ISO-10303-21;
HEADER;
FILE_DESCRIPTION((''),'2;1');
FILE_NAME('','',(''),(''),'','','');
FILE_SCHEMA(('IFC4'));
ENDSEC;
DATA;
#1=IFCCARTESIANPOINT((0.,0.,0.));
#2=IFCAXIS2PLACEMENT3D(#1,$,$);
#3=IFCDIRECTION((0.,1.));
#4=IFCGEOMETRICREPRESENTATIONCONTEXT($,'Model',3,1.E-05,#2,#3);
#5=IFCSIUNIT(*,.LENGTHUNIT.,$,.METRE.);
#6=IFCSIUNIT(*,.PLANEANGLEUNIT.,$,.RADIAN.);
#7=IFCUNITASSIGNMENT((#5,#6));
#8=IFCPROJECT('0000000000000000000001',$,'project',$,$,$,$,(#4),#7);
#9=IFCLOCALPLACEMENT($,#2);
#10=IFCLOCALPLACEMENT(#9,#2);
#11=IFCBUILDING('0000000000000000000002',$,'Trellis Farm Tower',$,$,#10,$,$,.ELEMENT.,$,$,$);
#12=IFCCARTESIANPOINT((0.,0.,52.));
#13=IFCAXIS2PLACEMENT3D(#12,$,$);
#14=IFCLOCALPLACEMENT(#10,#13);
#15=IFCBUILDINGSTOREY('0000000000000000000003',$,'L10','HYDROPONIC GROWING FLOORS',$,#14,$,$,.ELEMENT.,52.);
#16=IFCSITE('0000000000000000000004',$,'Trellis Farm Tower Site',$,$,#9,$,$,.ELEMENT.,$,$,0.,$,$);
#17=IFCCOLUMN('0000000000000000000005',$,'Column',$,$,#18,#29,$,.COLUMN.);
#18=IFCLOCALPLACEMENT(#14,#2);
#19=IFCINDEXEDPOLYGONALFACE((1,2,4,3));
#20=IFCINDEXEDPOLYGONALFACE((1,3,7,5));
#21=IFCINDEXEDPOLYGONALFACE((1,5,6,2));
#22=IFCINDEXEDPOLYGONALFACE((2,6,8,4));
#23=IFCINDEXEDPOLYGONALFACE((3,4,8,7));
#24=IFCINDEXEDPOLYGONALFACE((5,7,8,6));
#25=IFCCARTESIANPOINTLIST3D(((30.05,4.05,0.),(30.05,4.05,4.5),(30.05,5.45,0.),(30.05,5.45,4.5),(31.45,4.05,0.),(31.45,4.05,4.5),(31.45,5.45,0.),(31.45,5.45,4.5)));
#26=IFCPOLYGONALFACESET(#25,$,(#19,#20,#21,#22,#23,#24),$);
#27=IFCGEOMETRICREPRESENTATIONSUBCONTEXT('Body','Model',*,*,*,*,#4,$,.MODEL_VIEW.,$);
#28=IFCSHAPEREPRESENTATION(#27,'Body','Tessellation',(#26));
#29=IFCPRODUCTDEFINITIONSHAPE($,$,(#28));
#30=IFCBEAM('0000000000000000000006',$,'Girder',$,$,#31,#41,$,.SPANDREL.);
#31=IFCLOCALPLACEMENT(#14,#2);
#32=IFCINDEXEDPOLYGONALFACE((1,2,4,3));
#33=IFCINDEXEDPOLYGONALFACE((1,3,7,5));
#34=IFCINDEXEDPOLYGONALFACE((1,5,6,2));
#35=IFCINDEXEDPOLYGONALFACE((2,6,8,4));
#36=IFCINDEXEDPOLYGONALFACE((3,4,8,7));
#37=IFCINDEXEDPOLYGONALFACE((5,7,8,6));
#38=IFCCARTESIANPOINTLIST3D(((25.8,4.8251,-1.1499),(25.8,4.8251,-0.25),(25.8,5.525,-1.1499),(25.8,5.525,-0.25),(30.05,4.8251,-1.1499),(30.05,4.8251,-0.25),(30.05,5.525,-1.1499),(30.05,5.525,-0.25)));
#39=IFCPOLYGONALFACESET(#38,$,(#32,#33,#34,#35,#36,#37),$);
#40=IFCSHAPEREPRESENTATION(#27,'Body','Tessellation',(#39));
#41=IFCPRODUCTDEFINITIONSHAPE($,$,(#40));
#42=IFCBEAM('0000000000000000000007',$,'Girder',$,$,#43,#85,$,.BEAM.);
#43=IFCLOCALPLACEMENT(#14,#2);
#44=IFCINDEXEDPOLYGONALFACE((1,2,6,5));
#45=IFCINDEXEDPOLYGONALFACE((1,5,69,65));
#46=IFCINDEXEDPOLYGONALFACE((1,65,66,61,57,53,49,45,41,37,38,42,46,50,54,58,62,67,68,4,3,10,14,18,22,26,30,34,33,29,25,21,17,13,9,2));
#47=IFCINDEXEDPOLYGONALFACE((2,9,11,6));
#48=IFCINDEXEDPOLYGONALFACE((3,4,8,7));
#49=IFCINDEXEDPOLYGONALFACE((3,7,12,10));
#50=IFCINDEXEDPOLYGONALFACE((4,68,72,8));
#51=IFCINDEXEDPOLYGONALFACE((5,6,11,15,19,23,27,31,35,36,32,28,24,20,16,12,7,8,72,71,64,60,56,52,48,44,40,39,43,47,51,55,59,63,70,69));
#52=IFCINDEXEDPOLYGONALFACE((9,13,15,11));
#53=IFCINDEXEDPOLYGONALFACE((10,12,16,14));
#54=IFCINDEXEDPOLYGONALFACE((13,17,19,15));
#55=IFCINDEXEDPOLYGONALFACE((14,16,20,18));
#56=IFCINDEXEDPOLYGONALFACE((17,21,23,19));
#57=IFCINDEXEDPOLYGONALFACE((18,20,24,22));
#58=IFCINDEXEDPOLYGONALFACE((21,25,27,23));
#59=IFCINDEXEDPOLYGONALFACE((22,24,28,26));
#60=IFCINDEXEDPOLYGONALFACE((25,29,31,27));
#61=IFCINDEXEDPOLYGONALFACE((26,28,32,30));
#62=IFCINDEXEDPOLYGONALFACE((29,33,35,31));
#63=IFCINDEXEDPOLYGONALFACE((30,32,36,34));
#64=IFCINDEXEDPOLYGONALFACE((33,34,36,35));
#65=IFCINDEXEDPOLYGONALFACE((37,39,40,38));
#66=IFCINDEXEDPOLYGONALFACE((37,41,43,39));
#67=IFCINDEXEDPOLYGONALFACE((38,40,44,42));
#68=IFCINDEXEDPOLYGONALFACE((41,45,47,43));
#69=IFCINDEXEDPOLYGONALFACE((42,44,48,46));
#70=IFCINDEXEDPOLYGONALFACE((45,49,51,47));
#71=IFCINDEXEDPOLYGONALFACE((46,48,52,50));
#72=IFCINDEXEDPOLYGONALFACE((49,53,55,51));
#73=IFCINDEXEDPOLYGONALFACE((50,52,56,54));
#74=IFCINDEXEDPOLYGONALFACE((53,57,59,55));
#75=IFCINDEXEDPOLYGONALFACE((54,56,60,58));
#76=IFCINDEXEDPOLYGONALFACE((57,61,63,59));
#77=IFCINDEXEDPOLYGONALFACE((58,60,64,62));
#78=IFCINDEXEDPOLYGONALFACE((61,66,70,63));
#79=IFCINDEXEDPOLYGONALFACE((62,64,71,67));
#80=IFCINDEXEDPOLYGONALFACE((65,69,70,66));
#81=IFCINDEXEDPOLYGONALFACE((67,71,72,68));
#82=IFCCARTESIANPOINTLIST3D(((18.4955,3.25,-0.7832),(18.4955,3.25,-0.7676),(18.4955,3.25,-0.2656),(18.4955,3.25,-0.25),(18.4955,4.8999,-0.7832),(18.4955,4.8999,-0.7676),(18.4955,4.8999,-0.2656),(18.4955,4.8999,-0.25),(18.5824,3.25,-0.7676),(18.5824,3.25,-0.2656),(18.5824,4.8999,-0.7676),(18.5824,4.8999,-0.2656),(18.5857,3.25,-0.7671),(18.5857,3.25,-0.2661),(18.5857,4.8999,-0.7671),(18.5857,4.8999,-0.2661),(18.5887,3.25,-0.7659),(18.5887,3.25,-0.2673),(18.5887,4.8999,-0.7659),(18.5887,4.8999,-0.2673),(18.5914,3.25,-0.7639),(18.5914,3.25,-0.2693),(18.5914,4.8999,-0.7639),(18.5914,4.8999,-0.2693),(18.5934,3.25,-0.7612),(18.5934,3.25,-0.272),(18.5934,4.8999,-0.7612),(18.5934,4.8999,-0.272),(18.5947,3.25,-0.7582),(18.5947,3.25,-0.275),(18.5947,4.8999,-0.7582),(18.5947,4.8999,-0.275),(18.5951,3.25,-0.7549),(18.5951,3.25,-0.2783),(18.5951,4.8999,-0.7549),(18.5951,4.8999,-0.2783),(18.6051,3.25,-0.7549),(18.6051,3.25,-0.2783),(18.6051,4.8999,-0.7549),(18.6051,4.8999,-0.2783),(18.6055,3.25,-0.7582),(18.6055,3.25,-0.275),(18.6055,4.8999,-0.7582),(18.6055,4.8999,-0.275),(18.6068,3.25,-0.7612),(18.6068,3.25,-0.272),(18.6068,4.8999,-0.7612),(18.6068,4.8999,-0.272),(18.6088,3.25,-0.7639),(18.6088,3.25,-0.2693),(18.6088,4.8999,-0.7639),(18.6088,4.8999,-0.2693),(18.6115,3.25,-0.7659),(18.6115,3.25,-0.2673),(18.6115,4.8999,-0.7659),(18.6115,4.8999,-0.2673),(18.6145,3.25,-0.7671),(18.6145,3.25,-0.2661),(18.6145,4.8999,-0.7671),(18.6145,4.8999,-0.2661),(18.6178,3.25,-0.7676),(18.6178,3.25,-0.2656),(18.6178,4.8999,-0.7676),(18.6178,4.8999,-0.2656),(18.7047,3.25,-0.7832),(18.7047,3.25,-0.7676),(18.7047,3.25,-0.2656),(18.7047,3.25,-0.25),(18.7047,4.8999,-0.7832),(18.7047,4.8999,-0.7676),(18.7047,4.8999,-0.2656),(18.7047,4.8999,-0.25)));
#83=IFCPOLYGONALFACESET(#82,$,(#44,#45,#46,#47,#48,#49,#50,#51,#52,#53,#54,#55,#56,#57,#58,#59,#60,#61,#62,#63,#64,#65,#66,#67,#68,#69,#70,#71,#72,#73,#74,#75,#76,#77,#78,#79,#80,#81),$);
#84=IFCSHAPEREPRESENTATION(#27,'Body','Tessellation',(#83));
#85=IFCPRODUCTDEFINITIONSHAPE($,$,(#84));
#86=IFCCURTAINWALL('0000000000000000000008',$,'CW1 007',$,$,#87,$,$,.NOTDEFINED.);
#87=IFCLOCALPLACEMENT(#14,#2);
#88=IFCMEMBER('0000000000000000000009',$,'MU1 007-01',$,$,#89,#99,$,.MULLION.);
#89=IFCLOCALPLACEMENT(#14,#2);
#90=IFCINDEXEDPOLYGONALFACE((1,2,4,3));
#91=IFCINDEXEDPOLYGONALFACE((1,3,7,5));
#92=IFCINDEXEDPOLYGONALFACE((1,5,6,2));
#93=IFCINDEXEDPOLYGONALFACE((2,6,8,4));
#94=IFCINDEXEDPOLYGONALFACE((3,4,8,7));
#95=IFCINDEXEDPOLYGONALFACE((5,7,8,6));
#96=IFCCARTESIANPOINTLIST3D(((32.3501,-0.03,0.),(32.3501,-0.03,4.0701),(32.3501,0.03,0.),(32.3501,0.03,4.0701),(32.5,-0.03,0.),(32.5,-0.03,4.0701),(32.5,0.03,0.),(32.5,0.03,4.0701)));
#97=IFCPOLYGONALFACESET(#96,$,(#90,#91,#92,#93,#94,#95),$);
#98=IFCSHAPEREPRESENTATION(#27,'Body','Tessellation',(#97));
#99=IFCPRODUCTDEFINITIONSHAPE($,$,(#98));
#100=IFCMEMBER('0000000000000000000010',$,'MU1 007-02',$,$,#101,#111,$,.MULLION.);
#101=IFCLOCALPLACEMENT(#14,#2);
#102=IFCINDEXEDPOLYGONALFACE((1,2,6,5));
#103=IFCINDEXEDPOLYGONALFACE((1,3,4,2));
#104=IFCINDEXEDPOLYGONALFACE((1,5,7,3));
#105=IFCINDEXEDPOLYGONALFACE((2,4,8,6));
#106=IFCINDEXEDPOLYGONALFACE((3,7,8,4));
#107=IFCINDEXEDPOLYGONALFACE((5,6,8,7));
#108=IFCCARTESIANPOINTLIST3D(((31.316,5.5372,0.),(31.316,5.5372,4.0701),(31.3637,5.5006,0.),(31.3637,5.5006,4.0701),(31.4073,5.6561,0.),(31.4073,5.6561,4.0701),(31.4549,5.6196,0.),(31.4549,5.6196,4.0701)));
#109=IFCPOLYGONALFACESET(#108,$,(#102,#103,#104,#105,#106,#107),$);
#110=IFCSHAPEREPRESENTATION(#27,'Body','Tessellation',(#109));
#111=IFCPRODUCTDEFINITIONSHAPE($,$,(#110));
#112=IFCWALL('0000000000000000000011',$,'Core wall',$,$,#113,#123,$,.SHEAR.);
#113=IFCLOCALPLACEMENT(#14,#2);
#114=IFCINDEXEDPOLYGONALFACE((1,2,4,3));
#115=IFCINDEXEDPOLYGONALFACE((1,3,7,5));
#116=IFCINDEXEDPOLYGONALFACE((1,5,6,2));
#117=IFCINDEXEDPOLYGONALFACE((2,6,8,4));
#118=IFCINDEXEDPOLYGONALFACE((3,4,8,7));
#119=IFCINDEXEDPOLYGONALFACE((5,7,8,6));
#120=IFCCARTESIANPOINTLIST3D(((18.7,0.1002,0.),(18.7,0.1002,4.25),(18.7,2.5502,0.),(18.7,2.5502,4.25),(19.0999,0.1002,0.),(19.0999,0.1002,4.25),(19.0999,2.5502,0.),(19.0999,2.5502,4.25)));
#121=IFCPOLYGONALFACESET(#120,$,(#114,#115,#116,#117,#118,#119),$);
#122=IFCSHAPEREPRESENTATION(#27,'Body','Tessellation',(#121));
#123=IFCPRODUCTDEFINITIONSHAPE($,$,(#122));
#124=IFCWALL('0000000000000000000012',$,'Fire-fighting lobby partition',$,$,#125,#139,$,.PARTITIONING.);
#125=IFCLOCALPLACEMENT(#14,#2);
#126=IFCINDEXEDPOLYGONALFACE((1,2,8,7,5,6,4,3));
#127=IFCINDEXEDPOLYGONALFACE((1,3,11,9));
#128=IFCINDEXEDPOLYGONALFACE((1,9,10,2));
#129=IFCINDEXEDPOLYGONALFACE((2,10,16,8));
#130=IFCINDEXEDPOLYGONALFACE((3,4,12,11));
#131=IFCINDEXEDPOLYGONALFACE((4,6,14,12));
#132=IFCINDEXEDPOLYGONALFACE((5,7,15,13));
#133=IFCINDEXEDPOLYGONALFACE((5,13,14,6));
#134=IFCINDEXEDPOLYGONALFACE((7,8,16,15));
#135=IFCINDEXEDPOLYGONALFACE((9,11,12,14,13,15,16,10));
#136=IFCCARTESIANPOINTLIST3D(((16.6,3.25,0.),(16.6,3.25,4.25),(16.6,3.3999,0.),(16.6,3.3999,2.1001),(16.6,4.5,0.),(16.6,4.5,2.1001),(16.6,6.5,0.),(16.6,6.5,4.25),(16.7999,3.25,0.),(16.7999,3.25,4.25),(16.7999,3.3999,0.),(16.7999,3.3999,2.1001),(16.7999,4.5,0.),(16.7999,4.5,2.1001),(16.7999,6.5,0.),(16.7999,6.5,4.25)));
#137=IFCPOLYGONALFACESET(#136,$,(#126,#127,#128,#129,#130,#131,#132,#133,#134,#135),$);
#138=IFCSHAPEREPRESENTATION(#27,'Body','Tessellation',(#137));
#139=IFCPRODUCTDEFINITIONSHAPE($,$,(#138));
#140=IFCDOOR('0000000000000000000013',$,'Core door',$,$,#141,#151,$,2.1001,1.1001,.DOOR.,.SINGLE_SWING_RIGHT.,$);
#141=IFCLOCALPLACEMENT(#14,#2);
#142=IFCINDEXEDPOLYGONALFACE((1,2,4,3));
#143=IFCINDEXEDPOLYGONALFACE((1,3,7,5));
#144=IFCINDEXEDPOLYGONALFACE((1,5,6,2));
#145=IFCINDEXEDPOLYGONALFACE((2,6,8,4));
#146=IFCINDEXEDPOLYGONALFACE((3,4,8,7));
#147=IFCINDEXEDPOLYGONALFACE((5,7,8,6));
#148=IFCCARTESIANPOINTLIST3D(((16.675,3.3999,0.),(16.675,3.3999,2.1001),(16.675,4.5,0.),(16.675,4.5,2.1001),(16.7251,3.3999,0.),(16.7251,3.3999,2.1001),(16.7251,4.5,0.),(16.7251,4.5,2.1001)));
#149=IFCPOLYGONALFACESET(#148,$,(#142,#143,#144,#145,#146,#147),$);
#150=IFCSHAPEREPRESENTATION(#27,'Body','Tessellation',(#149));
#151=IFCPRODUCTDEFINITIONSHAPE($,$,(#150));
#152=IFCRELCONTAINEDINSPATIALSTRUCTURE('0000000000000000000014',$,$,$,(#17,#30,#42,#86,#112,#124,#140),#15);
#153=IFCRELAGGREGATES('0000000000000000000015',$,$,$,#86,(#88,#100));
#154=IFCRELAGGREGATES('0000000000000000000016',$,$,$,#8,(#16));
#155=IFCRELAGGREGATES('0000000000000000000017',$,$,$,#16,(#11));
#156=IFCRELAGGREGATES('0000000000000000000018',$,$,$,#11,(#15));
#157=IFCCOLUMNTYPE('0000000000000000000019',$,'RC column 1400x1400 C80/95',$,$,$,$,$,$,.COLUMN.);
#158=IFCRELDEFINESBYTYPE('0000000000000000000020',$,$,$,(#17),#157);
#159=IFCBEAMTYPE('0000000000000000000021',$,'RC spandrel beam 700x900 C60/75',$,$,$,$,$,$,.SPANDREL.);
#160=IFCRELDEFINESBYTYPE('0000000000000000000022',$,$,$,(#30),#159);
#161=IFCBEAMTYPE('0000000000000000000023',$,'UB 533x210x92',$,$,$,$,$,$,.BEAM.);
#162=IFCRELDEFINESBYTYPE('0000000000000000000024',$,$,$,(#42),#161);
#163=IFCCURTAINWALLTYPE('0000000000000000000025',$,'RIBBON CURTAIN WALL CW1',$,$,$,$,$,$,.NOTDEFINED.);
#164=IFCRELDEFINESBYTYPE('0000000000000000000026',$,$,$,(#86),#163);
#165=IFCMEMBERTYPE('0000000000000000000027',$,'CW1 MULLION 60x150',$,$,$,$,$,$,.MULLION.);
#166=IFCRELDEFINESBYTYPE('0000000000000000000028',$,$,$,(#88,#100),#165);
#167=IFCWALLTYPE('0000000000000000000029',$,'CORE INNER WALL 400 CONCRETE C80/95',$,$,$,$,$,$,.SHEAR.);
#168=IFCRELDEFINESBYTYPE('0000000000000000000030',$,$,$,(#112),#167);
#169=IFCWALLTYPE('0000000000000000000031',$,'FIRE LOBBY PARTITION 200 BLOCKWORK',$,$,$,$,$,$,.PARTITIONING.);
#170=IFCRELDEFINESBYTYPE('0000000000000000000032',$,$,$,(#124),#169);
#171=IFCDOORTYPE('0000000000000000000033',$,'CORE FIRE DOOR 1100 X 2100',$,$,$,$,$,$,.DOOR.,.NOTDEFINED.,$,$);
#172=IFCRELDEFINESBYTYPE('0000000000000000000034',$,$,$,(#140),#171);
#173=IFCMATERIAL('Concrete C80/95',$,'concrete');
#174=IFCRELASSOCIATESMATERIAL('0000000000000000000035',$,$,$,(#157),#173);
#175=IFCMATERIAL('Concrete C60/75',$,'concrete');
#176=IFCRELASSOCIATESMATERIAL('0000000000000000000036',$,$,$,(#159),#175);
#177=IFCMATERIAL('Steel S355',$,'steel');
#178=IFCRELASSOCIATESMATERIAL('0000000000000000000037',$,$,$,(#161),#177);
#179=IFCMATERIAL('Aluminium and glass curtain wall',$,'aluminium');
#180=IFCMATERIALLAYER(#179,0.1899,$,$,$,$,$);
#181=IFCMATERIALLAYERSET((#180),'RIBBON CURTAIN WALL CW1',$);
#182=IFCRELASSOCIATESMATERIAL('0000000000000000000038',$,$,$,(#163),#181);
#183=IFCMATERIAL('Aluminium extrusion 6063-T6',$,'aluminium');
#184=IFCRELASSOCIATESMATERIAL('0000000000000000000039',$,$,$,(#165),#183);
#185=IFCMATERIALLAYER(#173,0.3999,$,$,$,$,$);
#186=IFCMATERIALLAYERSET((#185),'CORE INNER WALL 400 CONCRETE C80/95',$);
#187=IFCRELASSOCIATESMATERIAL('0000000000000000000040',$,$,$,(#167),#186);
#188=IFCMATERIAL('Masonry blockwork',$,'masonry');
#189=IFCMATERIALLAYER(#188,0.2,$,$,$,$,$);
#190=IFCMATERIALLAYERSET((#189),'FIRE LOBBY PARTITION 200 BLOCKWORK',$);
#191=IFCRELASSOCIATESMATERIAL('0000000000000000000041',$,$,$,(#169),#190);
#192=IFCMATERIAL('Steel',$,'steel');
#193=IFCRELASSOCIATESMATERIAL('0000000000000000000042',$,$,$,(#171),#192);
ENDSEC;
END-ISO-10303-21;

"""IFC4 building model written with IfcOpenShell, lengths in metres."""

from ifc_helpers import new_model, si_unit, direction, frame, frame_2d, origin, origin_2d, place, context, subcontext, project, spatial, rectangle, i_section, extrude, source, transform, mapped, material, layer, layer_set, material_profile, profile_set, type_object, element, fill, aggregate, save


model = new_model("IFC4")

# Units and contexts
model_context = context("Model", 3, precision=1e-05, world=origin(), true_north=direction((0.0, 1.0)))
body_context = subcontext(model_context, "Body", "Model", "MODEL_VIEW")
ifc_project = project(units=[si_unit("LENGTHUNIT", "METRE"), si_unit("PLANEANGLEUNIT", "RADIAN")], contexts=[model_context])

# Site, building, storey
site_placement = place(None, origin())
site = spatial("IfcSite", under=ifc_project, at=site_placement, Name="Trellis Farm Tower Site", CompositionType="ELEMENT", RefElevation=0.0)
building_placement = place(site_placement, origin())
building = spatial("IfcBuilding", under=site, at=building_placement, Name="Trellis Farm Tower", CompositionType="ELEMENT")
storey_placement = place(building_placement, frame((0.0, 0.0, 52.0)))
storey = spatial("IfcBuildingStorey", under=building, at=storey_placement, Name="L10", Description="HYDROPONIC GROWING FLOORS", CompositionType="ELEMENT", Elevation=52.0)

# Column
ifc_material_1 = material(Name="Concrete C80/95", Category="concrete")
ifc_material_profile_1 = material_profile(ifc_material_1, rectangle(XDim=1.3999, YDim=1.3999, at=origin_2d()), Name="RC column 1400x1400 C80/95")
ifc_profile_set_1 = profile_set([ifc_material_profile_1], Name="Concrete C80/95")
column_type = type_object("IfcColumnType", Name="RC column 1400x1400 C80/95", PredefinedType="COLUMN", material=ifc_profile_set_1)
shared_shape_1 = source(origin(), body_context, "Body", "SweptSolid", [
    extrude(rectangle(XDim=1.3999, YDim=1.3999, at=origin_2d()), origin(), (0.0, 0.0, 1.0), 4.5),
])
column_placement = place(storey_placement, frame((30.75, 4.75, 0.0), z_axis=(0.0, 0.0, 1.0), x_axis=(1.0, 0.0, 0.0)))
element("IfcColumn", 1, at=column_placement, inside=storey, type_object=column_type, Name="Column", PredefinedType="COLUMN", context=body_context, shape_type="MappedRepresentation", body=[
    mapped(shared_shape_1, transform((0.0, 0.0, 0.0))),
])

# Beams
ifc_material_2 = material(Name="Concrete C60/75", Category="concrete")
ifc_material_profile_2 = material_profile(ifc_material_2, rectangle(XDim=0.7, YDim=0.8999, at=origin_2d()), Name="RC spandrel beam 700x900 C60/75")
ifc_profile_set_2 = profile_set([ifc_material_profile_2], Name="Concrete C60/75")
beam_type_1 = type_object("IfcBeamType", Name="RC spandrel beam 700x900 C60/75", PredefinedType="SPANDREL", material=ifc_profile_set_2)
shared_shape_2 = source(origin(), body_context, "Body", "SweptSolid", [
    extrude(rectangle(XDim=0.7, YDim=0.8999, at=origin_2d()), origin(), (0.0, 0.0, 1.0), 4.25),
])
beam_1_placement = place(storey_placement, frame((25.8, 5.175, -0.7), z_axis=(1.0, 0.0, 0.0), x_axis=(0.0, 1.0, 0.0)))
element("IfcBeam", 2, at=beam_1_placement, inside=storey, type_object=beam_type_1, Name="Girder", PredefinedType="SPANDREL", context=body_context, shape_type="MappedRepresentation", body=[
    mapped(shared_shape_2, transform((0.0, 0.0, 0.0))),
])
ifc_material_3 = material(Name="Steel S355", Category="steel")
ifc_material_profile_3 = material_profile(ifc_material_3, i_section(OverallWidth=0.2092, OverallDepth=0.5332, WebThickness=0.01, FlangeThickness=0.0156, FilletRadius=0.0127, at=origin_2d()), Name="UB 533x210x92")
ifc_profile_set_3 = profile_set([ifc_material_profile_3], Name="Steel S355")
beam_type_2 = type_object("IfcBeamType", Name="UB 533x210x92", PredefinedType="BEAM", material=ifc_profile_set_3)
shared_shape_3 = source(origin(), body_context, "Body", "SweptSolid", [
    extrude(i_section(OverallWidth=0.2092, OverallDepth=0.5332, WebThickness=0.01, FlangeThickness=0.0156, FilletRadius=0.0127, at=origin_2d()), origin(), (0.0, 0.0, 1.0), 1.6499),
])
beam_2_placement = place(storey_placement, frame((18.6001, 3.25, -0.5166), z_axis=(0.0, 1.0, 0.0), x_axis=(-1.0, 0.0, 0.0)))
element("IfcBeam", 3, at=beam_2_placement, inside=storey, type_object=beam_type_2, Name="Girder", PredefinedType="BEAM", context=body_context, shape_type="MappedRepresentation", body=[
    mapped(shared_shape_3, transform((0.0, 0.0, 0.0))),
])

# Curtain wall, members
ifc_material_4 = material(Name="Aluminium and glass curtain wall", Category="aluminium")
ifc_layer_1 = layer(ifc_material_4, 0.1899)
ifc_layer_set_1 = layer_set([ifc_layer_1], Name="RIBBON CURTAIN WALL CW1")
curtain_wall_type = type_object("IfcCurtainWallType", Name="RIBBON CURTAIN WALL CW1", PredefinedType="NOTDEFINED", material=ifc_layer_set_1)
curtain_wall_placement = place(storey_placement, origin())
curtain_wall = element("IfcCurtainWall", 4, at=curtain_wall_placement, inside=storey, type_object=curtain_wall_type, Name="CW1 007", PredefinedType="NOTDEFINED")
ifc_material_5 = material(Name="Aluminium extrusion 6063-T6", Category="aluminium")
ifc_material_profile_4 = material_profile(ifc_material_5, rectangle(XDim=0.0601, YDim=0.1499, at=origin_2d()), Name="MULLION 60x150")
ifc_profile_set_4 = profile_set([ifc_material_profile_4], Name="Aluminium extrusion 6063-T6")
member_type = type_object("IfcMemberType", Name="CW1 MULLION 60x150", PredefinedType="MULLION", material=ifc_profile_set_4)
shared_shape_4 = source(origin(), body_context, "Body", "SweptSolid", [
    extrude(rectangle(XDim=0.0601, YDim=0.1499, at=origin_2d()), origin(), (0.0, 0.0, 1.0), 4.0701),
])
member_1_placement = place(storey_placement, frame((32.425, 0.0, 0.0), z_axis=(0.0, 0.0, 1.0), x_axis=(0.0, 1.0, 0.0)))
member_1 = element("IfcMember", 5, at=member_1_placement, type_object=member_type, Name="MU1 007-01", PredefinedType="MULLION", context=body_context, shape_type="MappedRepresentation", body=[
    mapped(shared_shape_4, transform((0.0, 0.0, 0.0))),
])
member_2_placement = place(storey_placement, frame((31.3855, 5.5784, 0.0), z_axis=(0.0, 0.0, 1.0), x_axis=(-0.793353, 0.608761, 0.0)))
member_2 = element("IfcMember", 6, at=member_2_placement, type_object=member_type, Name="MU1 007-02", PredefinedType="MULLION", context=body_context, shape_type="MappedRepresentation", body=[
    mapped(shared_shape_4, transform((0.0, 0.0, 0.0))),
])
aggregate(curtain_wall, [member_1, member_2])

# Wall
ifc_layer_2 = layer(ifc_material_1, 0.3999)
ifc_layer_set_2 = layer_set([ifc_layer_2], Name="CORE INNER WALL 400 CONCRETE C80/95")
wall_type_1 = type_object("IfcWallType", Name="CORE INNER WALL 400 CONCRETE C80/95", PredefinedType="SHEAR", material=ifc_layer_set_2)
shared_shape_5 = source(origin(), body_context, "Body", "SweptSolid", [
    extrude(rectangle(XDim=2.45, YDim=0.3999, at=frame_2d((1.2251, 0.0))), origin(), (0.0, 0.0, 1.0), 4.25),
])
wall_1_placement = place(storey_placement, frame((18.8999, 0.1001, 0.0), z_axis=(0.0, 0.0, 1.0), x_axis=(0.0, 1.0, 0.0)))
element("IfcWall", 7, at=wall_1_placement, inside=storey, type_object=wall_type_1, Name="Core wall", PredefinedType="SHEAR", context=body_context, shape_type="MappedRepresentation", body=[
    mapped(shared_shape_5, transform((0.0, 0.0, 0.0))),
])

# Wall, opening, door
ifc_material_6 = material(Name="Masonry blockwork", Category="masonry")
ifc_layer_3 = layer(ifc_material_6, 0.2)
ifc_layer_set_3 = layer_set([ifc_layer_3], Name="FIRE LOBBY PARTITION 200 BLOCKWORK")
wall_type_2 = type_object("IfcWallType", Name="FIRE LOBBY PARTITION 200 BLOCKWORK", PredefinedType="PARTITIONING", material=ifc_layer_set_3)
shared_shape_6 = source(origin(), body_context, "Body", "SweptSolid", [
    extrude(rectangle(XDim=3.25, YDim=0.2, at=frame_2d((1.625, 0.0))), origin(), (0.0, 0.0, 1.0), 4.25),
])
wall_2_placement = place(storey_placement, frame((16.7, 3.25, 0.0), z_axis=(0.0, 0.0, 1.0), x_axis=(0.0, 1.0, 0.0)))
wall_2 = element("IfcWall", 8, at=wall_2_placement, inside=storey, type_object=wall_type_2, Name="Fire-fighting lobby partition", PredefinedType="PARTITIONING", context=body_context, shape_type="MappedRepresentation", body=[
    mapped(shared_shape_6, transform((0.0, 0.0, 0.0))),
])
shared_shape_7 = source(origin(), body_context, "Body", "SweptSolid", [
    extrude(rectangle(XDim=1.1001, YDim=2.1001, at=frame_2d((0.55, 1.05))), frame((0.0, 0.1101, 0.0), z_axis=(0.0, -1.0, 0.0), x_axis=(1.0, 0.0, 0.0)), (0.0, 0.0, 1.0), 0.2202),
])
opening_1_placement = place(wall_2_placement, frame((0.1499, 0.0, 0.0)))
opening_1 = element("IfcOpeningElement", 9, at=opening_1_placement, cuts=wall_2, PredefinedType="OPENING", context=body_context, shape_type="MappedRepresentation", body=[
    mapped(shared_shape_7, transform((0.0, 0.0, 0.0))),
])
ifc_material_7 = material(Name="Steel", Category="steel")
door_type_1 = type_object("IfcDoorType", Name="CORE FIRE DOOR 1100 X 2100", OperationType="NOTDEFINED", PredefinedType="DOOR", material=ifc_material_7)
shared_shape_8 = source(origin(), body_context, "Body", "SweptSolid", [
    extrude(rectangle(XDim=1.1001, YDim=2.1001, at=frame_2d((0.55, 1.05))), frame((0.0, 0.0249, 0.0), z_axis=(0.0, -1.0, 0.0), x_axis=(1.0, 0.0, 0.0)), (0.0, 0.0, 1.0), 0.05),
])
door_1_placement = place(opening_1_placement, origin())
door_1 = element("IfcDoor", 10, at=door_1_placement, inside=storey, type_object=door_type_1, Name="Core door", OperationType="SINGLE_SWING_RIGHT", OverallHeight=2.1001, OverallWidth=1.1001, PredefinedType="DOOR", context=body_context, shape_type="MappedRepresentation", body=[
    mapped(shared_shape_8, transform((0.0, 0.0, 0.0))),
])
fill(opening_1, door_1)

save(model, "model.ifc")
